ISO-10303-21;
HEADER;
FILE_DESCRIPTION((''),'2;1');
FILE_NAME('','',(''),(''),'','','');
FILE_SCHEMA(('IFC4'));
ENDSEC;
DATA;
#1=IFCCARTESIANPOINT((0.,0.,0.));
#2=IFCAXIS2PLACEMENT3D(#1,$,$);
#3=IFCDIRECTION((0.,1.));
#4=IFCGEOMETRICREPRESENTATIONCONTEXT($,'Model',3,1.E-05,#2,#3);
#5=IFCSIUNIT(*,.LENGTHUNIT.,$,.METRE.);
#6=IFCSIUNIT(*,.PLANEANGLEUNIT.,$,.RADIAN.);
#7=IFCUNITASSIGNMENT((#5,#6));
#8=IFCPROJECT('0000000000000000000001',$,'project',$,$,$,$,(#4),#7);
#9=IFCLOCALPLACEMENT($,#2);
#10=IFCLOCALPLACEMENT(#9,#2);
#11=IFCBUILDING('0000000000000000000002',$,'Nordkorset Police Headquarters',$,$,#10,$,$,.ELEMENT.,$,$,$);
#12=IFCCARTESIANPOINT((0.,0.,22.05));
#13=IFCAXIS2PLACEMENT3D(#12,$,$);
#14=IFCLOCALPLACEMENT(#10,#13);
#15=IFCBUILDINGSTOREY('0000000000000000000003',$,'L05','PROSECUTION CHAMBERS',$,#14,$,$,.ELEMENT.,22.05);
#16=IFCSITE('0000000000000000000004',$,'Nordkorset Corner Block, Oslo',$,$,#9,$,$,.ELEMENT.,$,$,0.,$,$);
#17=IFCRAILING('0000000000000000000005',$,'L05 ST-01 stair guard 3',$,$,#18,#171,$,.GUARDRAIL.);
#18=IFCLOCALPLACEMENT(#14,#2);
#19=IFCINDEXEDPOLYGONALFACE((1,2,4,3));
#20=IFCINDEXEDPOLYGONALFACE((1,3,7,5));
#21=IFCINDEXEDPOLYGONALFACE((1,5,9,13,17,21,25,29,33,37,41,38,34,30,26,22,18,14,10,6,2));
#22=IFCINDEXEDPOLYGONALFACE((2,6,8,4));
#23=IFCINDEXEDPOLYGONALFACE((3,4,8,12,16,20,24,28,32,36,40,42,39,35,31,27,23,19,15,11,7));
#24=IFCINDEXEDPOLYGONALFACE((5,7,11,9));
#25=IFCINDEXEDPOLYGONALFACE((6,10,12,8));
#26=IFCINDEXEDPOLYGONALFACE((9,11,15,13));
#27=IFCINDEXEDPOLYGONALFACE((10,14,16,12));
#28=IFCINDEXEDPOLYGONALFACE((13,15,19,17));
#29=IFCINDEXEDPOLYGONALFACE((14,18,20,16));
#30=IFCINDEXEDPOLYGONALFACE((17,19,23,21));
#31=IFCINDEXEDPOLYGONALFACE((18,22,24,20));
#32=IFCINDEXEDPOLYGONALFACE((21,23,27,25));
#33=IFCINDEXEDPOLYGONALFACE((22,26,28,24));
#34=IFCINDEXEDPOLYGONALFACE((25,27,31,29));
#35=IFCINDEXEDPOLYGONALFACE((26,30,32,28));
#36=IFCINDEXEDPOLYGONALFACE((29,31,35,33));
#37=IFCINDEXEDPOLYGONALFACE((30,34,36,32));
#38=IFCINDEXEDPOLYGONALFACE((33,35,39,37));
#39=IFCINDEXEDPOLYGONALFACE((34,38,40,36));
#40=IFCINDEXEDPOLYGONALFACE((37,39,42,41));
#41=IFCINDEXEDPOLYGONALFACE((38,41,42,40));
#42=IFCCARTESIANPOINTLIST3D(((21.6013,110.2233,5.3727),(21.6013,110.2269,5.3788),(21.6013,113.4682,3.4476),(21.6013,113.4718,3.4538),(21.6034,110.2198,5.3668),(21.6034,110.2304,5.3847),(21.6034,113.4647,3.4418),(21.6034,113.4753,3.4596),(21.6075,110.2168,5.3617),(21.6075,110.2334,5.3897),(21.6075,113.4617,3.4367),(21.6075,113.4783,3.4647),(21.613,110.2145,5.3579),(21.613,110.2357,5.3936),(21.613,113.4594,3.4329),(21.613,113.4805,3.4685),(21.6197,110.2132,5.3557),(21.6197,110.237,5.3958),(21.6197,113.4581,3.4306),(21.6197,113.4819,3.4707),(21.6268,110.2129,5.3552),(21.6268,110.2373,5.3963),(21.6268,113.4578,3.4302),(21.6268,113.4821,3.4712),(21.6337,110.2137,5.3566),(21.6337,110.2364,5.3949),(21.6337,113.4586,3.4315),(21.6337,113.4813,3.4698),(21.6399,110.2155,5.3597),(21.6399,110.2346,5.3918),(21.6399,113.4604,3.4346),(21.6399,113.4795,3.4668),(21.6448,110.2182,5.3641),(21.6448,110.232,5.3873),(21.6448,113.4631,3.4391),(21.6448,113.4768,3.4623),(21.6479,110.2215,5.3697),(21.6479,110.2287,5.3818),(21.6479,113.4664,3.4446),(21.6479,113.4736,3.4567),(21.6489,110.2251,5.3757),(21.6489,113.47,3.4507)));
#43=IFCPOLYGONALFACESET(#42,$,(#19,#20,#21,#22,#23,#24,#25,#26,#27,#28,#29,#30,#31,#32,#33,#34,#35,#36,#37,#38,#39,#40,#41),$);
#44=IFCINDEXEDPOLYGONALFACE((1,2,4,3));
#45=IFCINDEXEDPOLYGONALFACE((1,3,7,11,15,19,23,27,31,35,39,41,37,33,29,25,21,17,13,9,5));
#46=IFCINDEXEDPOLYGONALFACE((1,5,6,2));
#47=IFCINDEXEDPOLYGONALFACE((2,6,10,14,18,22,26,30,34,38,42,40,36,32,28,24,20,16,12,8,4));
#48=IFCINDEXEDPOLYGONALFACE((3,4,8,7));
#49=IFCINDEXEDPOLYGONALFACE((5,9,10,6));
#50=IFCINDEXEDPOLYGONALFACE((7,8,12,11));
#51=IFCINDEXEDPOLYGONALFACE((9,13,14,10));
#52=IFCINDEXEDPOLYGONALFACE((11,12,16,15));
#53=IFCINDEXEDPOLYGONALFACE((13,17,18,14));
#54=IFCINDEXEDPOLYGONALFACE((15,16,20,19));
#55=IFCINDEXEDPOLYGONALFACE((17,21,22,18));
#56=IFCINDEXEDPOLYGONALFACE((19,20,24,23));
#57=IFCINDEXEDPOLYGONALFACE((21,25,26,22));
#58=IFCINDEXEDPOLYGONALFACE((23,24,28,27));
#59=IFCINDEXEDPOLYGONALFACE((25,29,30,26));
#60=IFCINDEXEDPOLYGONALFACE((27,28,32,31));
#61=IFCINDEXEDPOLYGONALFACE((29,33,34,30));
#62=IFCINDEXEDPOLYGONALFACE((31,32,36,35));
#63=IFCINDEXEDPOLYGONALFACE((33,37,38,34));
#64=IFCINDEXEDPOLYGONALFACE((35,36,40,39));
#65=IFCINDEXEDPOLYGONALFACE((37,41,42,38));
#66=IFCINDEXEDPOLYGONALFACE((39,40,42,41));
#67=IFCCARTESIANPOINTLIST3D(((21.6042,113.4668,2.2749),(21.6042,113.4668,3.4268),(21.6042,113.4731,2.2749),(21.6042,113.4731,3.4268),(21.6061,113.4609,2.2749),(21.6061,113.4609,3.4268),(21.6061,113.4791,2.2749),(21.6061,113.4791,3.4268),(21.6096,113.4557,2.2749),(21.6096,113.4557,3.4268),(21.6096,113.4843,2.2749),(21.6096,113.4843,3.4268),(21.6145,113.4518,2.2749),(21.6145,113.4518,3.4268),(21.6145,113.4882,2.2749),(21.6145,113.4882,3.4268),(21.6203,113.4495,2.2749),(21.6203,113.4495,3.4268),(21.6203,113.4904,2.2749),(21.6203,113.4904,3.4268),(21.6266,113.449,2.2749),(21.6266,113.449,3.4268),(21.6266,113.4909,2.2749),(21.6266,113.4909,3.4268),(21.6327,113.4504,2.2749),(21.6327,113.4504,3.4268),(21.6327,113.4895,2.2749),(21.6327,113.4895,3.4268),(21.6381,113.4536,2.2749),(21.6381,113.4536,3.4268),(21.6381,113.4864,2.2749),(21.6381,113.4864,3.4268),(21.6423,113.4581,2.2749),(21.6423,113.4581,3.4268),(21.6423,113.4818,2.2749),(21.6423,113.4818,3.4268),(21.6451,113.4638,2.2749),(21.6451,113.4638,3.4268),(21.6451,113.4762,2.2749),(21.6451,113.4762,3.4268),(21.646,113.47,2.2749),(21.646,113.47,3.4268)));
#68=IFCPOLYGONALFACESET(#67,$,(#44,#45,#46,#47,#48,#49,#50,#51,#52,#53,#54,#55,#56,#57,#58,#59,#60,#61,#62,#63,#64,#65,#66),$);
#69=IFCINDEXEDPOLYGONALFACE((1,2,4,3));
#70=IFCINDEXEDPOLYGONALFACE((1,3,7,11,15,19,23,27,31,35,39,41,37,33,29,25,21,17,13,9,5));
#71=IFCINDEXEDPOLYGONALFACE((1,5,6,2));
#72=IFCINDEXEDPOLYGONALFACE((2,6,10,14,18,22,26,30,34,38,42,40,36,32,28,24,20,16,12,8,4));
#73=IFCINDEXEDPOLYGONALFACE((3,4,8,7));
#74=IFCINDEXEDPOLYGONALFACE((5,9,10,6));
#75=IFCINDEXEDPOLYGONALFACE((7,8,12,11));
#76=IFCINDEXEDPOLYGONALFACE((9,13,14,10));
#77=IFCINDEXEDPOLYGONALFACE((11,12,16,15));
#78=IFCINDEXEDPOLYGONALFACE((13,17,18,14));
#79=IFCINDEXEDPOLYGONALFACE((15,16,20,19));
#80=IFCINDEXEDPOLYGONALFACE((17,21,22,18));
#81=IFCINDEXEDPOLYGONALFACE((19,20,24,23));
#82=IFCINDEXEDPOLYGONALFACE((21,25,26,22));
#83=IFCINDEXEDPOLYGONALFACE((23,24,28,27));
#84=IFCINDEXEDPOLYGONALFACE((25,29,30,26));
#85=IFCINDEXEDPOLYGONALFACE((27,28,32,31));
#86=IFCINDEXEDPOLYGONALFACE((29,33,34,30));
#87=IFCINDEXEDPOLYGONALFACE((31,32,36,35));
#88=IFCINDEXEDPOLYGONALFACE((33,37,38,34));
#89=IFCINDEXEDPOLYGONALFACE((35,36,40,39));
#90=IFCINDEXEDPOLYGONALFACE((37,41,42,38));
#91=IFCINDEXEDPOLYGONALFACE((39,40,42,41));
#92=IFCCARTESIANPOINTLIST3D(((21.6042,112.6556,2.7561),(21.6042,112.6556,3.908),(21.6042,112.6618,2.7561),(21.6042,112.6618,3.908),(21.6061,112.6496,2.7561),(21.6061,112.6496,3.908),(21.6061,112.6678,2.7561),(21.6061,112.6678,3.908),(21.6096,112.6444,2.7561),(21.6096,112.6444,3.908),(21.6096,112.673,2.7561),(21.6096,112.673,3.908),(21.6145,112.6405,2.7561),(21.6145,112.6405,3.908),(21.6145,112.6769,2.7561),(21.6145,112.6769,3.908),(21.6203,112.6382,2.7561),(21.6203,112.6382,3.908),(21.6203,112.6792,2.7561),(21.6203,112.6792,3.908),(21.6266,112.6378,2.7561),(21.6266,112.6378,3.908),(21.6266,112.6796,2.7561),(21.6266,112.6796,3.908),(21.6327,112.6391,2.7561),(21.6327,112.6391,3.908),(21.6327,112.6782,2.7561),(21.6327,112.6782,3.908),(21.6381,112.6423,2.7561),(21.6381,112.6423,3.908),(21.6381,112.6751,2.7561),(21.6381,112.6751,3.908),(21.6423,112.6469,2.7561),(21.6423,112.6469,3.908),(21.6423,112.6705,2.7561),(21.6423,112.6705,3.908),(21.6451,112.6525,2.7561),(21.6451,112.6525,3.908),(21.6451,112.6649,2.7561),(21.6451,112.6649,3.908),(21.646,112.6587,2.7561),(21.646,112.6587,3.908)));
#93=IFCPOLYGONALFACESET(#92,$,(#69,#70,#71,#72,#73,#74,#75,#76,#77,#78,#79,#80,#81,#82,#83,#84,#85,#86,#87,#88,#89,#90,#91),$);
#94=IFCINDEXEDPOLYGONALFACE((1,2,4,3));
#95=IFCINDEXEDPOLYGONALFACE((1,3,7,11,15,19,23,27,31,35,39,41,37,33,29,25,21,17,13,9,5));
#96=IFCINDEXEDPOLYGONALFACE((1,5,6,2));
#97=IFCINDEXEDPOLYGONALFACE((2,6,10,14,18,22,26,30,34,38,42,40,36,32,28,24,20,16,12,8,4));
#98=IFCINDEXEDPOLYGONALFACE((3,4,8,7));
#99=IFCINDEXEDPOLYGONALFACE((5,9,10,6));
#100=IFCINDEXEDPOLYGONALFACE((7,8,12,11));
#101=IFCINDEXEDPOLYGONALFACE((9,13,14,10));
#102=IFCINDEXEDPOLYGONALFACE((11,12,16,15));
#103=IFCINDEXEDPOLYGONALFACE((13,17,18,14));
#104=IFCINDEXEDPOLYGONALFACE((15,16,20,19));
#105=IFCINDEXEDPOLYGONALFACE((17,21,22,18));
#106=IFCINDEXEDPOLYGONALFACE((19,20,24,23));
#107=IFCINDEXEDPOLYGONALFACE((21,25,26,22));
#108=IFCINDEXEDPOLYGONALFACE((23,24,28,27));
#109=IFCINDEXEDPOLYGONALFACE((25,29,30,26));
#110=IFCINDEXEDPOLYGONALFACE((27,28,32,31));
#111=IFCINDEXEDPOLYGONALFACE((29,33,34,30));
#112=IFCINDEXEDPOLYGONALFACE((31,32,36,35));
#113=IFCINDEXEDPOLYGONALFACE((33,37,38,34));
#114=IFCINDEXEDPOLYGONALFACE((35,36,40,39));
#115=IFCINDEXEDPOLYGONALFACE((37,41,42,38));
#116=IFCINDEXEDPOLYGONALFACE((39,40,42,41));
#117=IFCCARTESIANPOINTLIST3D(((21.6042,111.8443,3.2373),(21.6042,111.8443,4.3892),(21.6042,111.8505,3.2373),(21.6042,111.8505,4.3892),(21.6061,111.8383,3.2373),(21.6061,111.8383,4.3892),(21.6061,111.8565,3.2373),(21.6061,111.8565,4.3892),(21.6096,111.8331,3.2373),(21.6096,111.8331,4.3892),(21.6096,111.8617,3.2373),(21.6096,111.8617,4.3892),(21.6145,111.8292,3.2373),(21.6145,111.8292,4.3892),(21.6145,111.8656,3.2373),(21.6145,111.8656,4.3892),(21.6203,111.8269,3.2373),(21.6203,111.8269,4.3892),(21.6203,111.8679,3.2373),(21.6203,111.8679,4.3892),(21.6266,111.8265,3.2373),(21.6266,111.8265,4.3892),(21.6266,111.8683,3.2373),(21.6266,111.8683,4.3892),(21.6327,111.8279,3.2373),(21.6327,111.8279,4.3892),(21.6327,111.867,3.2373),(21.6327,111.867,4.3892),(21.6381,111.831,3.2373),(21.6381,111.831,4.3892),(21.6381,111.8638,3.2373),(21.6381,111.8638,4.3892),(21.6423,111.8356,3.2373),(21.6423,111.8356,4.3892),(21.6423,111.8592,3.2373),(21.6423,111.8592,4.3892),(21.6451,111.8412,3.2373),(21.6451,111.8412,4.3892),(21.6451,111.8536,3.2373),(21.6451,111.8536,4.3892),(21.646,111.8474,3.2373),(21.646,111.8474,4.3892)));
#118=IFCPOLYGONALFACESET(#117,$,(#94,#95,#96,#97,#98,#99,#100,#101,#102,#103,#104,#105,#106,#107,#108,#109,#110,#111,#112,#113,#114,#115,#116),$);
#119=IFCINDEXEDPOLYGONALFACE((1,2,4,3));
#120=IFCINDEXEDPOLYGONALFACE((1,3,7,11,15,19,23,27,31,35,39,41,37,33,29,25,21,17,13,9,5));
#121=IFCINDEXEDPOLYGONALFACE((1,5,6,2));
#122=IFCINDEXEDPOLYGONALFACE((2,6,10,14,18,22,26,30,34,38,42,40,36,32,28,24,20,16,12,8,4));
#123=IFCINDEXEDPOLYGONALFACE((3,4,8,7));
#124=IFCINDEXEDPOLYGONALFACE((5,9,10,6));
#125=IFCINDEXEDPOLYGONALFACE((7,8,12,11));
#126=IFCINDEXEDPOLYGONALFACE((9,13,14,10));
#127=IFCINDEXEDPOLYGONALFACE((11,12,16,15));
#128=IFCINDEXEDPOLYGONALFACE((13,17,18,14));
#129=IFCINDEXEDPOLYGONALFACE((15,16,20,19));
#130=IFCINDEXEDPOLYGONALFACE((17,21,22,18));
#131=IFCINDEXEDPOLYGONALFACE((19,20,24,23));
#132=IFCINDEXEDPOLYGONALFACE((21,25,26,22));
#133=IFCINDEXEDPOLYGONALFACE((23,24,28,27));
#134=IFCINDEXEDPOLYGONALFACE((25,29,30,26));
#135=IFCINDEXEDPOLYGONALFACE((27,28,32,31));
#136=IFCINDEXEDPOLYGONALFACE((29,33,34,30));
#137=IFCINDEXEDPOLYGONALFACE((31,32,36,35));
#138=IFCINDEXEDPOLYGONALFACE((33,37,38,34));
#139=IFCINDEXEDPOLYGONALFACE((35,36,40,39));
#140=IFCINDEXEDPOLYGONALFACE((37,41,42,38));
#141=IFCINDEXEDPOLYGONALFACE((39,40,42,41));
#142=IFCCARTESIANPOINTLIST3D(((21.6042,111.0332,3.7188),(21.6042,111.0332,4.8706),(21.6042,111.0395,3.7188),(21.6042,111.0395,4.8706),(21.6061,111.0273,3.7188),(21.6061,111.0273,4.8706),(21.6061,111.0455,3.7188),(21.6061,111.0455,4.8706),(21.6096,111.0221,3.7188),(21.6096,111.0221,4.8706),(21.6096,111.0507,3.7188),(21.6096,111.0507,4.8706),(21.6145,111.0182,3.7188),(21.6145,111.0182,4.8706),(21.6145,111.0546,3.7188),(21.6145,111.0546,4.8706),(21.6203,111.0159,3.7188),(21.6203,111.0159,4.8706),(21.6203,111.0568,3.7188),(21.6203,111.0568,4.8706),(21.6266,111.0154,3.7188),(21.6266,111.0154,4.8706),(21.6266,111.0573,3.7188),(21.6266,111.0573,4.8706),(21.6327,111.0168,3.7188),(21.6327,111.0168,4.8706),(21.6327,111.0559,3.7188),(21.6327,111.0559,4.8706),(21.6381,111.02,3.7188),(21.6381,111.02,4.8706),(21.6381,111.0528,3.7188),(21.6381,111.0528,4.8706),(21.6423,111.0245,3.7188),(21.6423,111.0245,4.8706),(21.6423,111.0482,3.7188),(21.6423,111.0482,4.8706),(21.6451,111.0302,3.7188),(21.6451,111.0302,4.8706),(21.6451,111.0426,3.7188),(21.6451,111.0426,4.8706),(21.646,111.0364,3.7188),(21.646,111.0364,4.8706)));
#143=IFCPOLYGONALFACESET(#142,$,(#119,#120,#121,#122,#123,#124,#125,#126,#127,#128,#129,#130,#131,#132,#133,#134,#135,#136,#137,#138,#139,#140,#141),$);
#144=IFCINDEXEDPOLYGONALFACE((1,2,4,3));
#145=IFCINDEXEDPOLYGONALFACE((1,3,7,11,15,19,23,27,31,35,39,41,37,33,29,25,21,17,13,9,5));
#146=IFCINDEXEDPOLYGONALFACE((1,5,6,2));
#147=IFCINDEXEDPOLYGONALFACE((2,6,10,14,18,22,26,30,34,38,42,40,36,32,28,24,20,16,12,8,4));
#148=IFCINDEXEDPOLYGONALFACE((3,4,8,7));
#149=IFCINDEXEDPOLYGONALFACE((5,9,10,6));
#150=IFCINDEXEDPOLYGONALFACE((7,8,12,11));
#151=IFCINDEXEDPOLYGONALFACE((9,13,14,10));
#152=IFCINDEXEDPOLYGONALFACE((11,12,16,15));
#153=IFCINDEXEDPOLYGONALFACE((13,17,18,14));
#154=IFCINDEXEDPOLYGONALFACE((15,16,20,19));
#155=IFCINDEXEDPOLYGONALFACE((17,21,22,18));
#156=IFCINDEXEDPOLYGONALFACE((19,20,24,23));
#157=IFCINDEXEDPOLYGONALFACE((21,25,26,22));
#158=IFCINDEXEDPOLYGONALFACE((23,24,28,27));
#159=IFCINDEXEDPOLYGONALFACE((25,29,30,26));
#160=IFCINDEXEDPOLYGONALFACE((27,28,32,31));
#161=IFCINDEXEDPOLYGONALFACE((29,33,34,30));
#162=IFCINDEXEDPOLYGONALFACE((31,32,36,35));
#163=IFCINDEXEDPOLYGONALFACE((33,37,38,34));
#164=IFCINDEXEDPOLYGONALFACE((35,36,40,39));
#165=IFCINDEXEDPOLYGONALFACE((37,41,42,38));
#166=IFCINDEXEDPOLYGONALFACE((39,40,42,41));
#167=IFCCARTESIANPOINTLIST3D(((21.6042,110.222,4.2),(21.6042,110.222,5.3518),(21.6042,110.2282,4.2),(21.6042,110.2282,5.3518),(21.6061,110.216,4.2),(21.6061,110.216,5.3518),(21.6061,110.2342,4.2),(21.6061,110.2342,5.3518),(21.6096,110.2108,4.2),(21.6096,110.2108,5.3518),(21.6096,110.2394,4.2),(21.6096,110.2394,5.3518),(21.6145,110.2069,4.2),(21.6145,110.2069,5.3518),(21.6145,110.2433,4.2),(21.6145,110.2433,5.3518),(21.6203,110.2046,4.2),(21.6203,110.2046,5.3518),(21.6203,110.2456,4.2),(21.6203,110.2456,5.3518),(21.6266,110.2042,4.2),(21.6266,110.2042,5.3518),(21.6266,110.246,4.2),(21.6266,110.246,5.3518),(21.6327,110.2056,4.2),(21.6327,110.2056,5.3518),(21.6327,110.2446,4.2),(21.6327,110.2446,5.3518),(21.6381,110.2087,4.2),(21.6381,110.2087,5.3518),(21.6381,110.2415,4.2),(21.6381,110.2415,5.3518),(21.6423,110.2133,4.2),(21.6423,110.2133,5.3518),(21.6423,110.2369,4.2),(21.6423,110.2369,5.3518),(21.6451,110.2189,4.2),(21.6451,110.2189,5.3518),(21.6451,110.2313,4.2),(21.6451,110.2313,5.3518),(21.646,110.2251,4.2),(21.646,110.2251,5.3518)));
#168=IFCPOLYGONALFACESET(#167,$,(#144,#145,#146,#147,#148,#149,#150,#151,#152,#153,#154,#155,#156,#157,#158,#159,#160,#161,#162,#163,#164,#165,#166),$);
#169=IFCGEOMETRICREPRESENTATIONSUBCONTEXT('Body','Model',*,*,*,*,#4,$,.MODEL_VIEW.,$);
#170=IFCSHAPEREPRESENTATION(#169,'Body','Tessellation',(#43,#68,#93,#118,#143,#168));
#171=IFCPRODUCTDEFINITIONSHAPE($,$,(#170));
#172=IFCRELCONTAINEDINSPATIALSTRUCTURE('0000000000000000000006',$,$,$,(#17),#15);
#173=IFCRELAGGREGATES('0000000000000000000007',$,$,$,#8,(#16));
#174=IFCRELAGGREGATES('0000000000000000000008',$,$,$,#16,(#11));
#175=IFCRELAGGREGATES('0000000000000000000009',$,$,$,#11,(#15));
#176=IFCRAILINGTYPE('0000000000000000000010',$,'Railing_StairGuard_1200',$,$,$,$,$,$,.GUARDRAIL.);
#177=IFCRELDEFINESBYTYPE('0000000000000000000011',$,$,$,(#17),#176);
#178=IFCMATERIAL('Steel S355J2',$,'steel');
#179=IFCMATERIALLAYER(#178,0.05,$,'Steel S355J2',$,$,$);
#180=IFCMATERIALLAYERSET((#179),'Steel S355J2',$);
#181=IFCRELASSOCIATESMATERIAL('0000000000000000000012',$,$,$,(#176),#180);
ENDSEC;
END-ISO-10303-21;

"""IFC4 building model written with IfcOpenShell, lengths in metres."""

from ifc_helpers import new_model, si_unit, direction, frame, origin, origin_2d, place, context, subcontext, project, spatial, circle, extrude, material, layer, layer_set, type_object, element, save


model = new_model("IFC4")

# Units and contexts
model_context = context("Model", 3, precision=1e-05, world=origin(), true_north=direction((0.0, 1.0)))
body_context = subcontext(model_context, "Body", "Model", "MODEL_VIEW")
ifc_project = project(units=[si_unit("LENGTHUNIT", "METRE"), si_unit("PLANEANGLEUNIT", "RADIAN")], contexts=[model_context])

# Site, building, storey
site_placement = place(None, origin())
site = spatial("IfcSite", under=ifc_project, at=site_placement, Name="Nordkorset Corner Block, Oslo", CompositionType="ELEMENT", RefElevation=0.0)
building_placement = place(site_placement, origin())
building = spatial("IfcBuilding", under=site, at=building_placement, Name="Nordkorset Police Headquarters", CompositionType="ELEMENT")
storey_placement = place(building_placement, frame((0.0, 0.0, 22.05)))
storey = spatial("IfcBuildingStorey", under=building, at=storey_placement, Name="L05", Description="PROSECUTION CHAMBERS", CompositionType="ELEMENT", Elevation=22.05)

# Railing
ifc_material_1 = material(Name="Steel S355J2", Category="steel")
ifc_layer_1 = layer(ifc_material_1, 0.05, Name="Steel S355J2")
ifc_layer_set_1 = layer_set([ifc_layer_1], Name="Steel S355J2")
railing_type_1 = type_object("IfcRailingType", Name="Railing_StairGuard_1200", PredefinedType="GUARDRAIL", material=ifc_layer_set_1)
railing_1_placement = place(storey_placement, frame((21.625, 113.47, 2.2749)))
element("IfcRailing", 1, at=railing_1_placement, inside=storey, type_object=railing_type_1, Name="L05 ST-01 stair guard 3", PredefinedType="GUARDRAIL", context=body_context, shape_type="SweptSolid", body=[
    extrude(circle(Radius=0.0239, at=origin_2d()), frame((0.0, 0.0, 1.1758), z_axis=(0.0, -0.86004, 0.510226), x_axis=(1.0, 0.0, 0.0)), (0.0, 0.0, 1.0), 3.7729),
    extrude(circle(Radius=0.021, at=origin_2d()), origin(), (0.0, 0.0, 1.0), 1.1519),
    extrude(circle(Radius=0.021, at=origin_2d()), frame((0.0, -0.8113, 0.4812)), (0.0, 0.0, 1.0), 1.1519),
    extrude(circle(Radius=0.021, at=origin_2d()), frame((0.0, -1.6226, 0.9624)), (0.0, 0.0, 1.0), 1.1519),
    extrude(circle(Radius=0.021, at=origin_2d()), frame((0.0, -2.4336, 1.4438)), (0.0, 0.0, 1.0), 1.1519),
    extrude(circle(Radius=0.021, at=origin_2d()), frame((0.0, -3.2449, 1.925)), (0.0, 0.0, 1.0), 1.1519),
])

save(model, "model.ifc")
